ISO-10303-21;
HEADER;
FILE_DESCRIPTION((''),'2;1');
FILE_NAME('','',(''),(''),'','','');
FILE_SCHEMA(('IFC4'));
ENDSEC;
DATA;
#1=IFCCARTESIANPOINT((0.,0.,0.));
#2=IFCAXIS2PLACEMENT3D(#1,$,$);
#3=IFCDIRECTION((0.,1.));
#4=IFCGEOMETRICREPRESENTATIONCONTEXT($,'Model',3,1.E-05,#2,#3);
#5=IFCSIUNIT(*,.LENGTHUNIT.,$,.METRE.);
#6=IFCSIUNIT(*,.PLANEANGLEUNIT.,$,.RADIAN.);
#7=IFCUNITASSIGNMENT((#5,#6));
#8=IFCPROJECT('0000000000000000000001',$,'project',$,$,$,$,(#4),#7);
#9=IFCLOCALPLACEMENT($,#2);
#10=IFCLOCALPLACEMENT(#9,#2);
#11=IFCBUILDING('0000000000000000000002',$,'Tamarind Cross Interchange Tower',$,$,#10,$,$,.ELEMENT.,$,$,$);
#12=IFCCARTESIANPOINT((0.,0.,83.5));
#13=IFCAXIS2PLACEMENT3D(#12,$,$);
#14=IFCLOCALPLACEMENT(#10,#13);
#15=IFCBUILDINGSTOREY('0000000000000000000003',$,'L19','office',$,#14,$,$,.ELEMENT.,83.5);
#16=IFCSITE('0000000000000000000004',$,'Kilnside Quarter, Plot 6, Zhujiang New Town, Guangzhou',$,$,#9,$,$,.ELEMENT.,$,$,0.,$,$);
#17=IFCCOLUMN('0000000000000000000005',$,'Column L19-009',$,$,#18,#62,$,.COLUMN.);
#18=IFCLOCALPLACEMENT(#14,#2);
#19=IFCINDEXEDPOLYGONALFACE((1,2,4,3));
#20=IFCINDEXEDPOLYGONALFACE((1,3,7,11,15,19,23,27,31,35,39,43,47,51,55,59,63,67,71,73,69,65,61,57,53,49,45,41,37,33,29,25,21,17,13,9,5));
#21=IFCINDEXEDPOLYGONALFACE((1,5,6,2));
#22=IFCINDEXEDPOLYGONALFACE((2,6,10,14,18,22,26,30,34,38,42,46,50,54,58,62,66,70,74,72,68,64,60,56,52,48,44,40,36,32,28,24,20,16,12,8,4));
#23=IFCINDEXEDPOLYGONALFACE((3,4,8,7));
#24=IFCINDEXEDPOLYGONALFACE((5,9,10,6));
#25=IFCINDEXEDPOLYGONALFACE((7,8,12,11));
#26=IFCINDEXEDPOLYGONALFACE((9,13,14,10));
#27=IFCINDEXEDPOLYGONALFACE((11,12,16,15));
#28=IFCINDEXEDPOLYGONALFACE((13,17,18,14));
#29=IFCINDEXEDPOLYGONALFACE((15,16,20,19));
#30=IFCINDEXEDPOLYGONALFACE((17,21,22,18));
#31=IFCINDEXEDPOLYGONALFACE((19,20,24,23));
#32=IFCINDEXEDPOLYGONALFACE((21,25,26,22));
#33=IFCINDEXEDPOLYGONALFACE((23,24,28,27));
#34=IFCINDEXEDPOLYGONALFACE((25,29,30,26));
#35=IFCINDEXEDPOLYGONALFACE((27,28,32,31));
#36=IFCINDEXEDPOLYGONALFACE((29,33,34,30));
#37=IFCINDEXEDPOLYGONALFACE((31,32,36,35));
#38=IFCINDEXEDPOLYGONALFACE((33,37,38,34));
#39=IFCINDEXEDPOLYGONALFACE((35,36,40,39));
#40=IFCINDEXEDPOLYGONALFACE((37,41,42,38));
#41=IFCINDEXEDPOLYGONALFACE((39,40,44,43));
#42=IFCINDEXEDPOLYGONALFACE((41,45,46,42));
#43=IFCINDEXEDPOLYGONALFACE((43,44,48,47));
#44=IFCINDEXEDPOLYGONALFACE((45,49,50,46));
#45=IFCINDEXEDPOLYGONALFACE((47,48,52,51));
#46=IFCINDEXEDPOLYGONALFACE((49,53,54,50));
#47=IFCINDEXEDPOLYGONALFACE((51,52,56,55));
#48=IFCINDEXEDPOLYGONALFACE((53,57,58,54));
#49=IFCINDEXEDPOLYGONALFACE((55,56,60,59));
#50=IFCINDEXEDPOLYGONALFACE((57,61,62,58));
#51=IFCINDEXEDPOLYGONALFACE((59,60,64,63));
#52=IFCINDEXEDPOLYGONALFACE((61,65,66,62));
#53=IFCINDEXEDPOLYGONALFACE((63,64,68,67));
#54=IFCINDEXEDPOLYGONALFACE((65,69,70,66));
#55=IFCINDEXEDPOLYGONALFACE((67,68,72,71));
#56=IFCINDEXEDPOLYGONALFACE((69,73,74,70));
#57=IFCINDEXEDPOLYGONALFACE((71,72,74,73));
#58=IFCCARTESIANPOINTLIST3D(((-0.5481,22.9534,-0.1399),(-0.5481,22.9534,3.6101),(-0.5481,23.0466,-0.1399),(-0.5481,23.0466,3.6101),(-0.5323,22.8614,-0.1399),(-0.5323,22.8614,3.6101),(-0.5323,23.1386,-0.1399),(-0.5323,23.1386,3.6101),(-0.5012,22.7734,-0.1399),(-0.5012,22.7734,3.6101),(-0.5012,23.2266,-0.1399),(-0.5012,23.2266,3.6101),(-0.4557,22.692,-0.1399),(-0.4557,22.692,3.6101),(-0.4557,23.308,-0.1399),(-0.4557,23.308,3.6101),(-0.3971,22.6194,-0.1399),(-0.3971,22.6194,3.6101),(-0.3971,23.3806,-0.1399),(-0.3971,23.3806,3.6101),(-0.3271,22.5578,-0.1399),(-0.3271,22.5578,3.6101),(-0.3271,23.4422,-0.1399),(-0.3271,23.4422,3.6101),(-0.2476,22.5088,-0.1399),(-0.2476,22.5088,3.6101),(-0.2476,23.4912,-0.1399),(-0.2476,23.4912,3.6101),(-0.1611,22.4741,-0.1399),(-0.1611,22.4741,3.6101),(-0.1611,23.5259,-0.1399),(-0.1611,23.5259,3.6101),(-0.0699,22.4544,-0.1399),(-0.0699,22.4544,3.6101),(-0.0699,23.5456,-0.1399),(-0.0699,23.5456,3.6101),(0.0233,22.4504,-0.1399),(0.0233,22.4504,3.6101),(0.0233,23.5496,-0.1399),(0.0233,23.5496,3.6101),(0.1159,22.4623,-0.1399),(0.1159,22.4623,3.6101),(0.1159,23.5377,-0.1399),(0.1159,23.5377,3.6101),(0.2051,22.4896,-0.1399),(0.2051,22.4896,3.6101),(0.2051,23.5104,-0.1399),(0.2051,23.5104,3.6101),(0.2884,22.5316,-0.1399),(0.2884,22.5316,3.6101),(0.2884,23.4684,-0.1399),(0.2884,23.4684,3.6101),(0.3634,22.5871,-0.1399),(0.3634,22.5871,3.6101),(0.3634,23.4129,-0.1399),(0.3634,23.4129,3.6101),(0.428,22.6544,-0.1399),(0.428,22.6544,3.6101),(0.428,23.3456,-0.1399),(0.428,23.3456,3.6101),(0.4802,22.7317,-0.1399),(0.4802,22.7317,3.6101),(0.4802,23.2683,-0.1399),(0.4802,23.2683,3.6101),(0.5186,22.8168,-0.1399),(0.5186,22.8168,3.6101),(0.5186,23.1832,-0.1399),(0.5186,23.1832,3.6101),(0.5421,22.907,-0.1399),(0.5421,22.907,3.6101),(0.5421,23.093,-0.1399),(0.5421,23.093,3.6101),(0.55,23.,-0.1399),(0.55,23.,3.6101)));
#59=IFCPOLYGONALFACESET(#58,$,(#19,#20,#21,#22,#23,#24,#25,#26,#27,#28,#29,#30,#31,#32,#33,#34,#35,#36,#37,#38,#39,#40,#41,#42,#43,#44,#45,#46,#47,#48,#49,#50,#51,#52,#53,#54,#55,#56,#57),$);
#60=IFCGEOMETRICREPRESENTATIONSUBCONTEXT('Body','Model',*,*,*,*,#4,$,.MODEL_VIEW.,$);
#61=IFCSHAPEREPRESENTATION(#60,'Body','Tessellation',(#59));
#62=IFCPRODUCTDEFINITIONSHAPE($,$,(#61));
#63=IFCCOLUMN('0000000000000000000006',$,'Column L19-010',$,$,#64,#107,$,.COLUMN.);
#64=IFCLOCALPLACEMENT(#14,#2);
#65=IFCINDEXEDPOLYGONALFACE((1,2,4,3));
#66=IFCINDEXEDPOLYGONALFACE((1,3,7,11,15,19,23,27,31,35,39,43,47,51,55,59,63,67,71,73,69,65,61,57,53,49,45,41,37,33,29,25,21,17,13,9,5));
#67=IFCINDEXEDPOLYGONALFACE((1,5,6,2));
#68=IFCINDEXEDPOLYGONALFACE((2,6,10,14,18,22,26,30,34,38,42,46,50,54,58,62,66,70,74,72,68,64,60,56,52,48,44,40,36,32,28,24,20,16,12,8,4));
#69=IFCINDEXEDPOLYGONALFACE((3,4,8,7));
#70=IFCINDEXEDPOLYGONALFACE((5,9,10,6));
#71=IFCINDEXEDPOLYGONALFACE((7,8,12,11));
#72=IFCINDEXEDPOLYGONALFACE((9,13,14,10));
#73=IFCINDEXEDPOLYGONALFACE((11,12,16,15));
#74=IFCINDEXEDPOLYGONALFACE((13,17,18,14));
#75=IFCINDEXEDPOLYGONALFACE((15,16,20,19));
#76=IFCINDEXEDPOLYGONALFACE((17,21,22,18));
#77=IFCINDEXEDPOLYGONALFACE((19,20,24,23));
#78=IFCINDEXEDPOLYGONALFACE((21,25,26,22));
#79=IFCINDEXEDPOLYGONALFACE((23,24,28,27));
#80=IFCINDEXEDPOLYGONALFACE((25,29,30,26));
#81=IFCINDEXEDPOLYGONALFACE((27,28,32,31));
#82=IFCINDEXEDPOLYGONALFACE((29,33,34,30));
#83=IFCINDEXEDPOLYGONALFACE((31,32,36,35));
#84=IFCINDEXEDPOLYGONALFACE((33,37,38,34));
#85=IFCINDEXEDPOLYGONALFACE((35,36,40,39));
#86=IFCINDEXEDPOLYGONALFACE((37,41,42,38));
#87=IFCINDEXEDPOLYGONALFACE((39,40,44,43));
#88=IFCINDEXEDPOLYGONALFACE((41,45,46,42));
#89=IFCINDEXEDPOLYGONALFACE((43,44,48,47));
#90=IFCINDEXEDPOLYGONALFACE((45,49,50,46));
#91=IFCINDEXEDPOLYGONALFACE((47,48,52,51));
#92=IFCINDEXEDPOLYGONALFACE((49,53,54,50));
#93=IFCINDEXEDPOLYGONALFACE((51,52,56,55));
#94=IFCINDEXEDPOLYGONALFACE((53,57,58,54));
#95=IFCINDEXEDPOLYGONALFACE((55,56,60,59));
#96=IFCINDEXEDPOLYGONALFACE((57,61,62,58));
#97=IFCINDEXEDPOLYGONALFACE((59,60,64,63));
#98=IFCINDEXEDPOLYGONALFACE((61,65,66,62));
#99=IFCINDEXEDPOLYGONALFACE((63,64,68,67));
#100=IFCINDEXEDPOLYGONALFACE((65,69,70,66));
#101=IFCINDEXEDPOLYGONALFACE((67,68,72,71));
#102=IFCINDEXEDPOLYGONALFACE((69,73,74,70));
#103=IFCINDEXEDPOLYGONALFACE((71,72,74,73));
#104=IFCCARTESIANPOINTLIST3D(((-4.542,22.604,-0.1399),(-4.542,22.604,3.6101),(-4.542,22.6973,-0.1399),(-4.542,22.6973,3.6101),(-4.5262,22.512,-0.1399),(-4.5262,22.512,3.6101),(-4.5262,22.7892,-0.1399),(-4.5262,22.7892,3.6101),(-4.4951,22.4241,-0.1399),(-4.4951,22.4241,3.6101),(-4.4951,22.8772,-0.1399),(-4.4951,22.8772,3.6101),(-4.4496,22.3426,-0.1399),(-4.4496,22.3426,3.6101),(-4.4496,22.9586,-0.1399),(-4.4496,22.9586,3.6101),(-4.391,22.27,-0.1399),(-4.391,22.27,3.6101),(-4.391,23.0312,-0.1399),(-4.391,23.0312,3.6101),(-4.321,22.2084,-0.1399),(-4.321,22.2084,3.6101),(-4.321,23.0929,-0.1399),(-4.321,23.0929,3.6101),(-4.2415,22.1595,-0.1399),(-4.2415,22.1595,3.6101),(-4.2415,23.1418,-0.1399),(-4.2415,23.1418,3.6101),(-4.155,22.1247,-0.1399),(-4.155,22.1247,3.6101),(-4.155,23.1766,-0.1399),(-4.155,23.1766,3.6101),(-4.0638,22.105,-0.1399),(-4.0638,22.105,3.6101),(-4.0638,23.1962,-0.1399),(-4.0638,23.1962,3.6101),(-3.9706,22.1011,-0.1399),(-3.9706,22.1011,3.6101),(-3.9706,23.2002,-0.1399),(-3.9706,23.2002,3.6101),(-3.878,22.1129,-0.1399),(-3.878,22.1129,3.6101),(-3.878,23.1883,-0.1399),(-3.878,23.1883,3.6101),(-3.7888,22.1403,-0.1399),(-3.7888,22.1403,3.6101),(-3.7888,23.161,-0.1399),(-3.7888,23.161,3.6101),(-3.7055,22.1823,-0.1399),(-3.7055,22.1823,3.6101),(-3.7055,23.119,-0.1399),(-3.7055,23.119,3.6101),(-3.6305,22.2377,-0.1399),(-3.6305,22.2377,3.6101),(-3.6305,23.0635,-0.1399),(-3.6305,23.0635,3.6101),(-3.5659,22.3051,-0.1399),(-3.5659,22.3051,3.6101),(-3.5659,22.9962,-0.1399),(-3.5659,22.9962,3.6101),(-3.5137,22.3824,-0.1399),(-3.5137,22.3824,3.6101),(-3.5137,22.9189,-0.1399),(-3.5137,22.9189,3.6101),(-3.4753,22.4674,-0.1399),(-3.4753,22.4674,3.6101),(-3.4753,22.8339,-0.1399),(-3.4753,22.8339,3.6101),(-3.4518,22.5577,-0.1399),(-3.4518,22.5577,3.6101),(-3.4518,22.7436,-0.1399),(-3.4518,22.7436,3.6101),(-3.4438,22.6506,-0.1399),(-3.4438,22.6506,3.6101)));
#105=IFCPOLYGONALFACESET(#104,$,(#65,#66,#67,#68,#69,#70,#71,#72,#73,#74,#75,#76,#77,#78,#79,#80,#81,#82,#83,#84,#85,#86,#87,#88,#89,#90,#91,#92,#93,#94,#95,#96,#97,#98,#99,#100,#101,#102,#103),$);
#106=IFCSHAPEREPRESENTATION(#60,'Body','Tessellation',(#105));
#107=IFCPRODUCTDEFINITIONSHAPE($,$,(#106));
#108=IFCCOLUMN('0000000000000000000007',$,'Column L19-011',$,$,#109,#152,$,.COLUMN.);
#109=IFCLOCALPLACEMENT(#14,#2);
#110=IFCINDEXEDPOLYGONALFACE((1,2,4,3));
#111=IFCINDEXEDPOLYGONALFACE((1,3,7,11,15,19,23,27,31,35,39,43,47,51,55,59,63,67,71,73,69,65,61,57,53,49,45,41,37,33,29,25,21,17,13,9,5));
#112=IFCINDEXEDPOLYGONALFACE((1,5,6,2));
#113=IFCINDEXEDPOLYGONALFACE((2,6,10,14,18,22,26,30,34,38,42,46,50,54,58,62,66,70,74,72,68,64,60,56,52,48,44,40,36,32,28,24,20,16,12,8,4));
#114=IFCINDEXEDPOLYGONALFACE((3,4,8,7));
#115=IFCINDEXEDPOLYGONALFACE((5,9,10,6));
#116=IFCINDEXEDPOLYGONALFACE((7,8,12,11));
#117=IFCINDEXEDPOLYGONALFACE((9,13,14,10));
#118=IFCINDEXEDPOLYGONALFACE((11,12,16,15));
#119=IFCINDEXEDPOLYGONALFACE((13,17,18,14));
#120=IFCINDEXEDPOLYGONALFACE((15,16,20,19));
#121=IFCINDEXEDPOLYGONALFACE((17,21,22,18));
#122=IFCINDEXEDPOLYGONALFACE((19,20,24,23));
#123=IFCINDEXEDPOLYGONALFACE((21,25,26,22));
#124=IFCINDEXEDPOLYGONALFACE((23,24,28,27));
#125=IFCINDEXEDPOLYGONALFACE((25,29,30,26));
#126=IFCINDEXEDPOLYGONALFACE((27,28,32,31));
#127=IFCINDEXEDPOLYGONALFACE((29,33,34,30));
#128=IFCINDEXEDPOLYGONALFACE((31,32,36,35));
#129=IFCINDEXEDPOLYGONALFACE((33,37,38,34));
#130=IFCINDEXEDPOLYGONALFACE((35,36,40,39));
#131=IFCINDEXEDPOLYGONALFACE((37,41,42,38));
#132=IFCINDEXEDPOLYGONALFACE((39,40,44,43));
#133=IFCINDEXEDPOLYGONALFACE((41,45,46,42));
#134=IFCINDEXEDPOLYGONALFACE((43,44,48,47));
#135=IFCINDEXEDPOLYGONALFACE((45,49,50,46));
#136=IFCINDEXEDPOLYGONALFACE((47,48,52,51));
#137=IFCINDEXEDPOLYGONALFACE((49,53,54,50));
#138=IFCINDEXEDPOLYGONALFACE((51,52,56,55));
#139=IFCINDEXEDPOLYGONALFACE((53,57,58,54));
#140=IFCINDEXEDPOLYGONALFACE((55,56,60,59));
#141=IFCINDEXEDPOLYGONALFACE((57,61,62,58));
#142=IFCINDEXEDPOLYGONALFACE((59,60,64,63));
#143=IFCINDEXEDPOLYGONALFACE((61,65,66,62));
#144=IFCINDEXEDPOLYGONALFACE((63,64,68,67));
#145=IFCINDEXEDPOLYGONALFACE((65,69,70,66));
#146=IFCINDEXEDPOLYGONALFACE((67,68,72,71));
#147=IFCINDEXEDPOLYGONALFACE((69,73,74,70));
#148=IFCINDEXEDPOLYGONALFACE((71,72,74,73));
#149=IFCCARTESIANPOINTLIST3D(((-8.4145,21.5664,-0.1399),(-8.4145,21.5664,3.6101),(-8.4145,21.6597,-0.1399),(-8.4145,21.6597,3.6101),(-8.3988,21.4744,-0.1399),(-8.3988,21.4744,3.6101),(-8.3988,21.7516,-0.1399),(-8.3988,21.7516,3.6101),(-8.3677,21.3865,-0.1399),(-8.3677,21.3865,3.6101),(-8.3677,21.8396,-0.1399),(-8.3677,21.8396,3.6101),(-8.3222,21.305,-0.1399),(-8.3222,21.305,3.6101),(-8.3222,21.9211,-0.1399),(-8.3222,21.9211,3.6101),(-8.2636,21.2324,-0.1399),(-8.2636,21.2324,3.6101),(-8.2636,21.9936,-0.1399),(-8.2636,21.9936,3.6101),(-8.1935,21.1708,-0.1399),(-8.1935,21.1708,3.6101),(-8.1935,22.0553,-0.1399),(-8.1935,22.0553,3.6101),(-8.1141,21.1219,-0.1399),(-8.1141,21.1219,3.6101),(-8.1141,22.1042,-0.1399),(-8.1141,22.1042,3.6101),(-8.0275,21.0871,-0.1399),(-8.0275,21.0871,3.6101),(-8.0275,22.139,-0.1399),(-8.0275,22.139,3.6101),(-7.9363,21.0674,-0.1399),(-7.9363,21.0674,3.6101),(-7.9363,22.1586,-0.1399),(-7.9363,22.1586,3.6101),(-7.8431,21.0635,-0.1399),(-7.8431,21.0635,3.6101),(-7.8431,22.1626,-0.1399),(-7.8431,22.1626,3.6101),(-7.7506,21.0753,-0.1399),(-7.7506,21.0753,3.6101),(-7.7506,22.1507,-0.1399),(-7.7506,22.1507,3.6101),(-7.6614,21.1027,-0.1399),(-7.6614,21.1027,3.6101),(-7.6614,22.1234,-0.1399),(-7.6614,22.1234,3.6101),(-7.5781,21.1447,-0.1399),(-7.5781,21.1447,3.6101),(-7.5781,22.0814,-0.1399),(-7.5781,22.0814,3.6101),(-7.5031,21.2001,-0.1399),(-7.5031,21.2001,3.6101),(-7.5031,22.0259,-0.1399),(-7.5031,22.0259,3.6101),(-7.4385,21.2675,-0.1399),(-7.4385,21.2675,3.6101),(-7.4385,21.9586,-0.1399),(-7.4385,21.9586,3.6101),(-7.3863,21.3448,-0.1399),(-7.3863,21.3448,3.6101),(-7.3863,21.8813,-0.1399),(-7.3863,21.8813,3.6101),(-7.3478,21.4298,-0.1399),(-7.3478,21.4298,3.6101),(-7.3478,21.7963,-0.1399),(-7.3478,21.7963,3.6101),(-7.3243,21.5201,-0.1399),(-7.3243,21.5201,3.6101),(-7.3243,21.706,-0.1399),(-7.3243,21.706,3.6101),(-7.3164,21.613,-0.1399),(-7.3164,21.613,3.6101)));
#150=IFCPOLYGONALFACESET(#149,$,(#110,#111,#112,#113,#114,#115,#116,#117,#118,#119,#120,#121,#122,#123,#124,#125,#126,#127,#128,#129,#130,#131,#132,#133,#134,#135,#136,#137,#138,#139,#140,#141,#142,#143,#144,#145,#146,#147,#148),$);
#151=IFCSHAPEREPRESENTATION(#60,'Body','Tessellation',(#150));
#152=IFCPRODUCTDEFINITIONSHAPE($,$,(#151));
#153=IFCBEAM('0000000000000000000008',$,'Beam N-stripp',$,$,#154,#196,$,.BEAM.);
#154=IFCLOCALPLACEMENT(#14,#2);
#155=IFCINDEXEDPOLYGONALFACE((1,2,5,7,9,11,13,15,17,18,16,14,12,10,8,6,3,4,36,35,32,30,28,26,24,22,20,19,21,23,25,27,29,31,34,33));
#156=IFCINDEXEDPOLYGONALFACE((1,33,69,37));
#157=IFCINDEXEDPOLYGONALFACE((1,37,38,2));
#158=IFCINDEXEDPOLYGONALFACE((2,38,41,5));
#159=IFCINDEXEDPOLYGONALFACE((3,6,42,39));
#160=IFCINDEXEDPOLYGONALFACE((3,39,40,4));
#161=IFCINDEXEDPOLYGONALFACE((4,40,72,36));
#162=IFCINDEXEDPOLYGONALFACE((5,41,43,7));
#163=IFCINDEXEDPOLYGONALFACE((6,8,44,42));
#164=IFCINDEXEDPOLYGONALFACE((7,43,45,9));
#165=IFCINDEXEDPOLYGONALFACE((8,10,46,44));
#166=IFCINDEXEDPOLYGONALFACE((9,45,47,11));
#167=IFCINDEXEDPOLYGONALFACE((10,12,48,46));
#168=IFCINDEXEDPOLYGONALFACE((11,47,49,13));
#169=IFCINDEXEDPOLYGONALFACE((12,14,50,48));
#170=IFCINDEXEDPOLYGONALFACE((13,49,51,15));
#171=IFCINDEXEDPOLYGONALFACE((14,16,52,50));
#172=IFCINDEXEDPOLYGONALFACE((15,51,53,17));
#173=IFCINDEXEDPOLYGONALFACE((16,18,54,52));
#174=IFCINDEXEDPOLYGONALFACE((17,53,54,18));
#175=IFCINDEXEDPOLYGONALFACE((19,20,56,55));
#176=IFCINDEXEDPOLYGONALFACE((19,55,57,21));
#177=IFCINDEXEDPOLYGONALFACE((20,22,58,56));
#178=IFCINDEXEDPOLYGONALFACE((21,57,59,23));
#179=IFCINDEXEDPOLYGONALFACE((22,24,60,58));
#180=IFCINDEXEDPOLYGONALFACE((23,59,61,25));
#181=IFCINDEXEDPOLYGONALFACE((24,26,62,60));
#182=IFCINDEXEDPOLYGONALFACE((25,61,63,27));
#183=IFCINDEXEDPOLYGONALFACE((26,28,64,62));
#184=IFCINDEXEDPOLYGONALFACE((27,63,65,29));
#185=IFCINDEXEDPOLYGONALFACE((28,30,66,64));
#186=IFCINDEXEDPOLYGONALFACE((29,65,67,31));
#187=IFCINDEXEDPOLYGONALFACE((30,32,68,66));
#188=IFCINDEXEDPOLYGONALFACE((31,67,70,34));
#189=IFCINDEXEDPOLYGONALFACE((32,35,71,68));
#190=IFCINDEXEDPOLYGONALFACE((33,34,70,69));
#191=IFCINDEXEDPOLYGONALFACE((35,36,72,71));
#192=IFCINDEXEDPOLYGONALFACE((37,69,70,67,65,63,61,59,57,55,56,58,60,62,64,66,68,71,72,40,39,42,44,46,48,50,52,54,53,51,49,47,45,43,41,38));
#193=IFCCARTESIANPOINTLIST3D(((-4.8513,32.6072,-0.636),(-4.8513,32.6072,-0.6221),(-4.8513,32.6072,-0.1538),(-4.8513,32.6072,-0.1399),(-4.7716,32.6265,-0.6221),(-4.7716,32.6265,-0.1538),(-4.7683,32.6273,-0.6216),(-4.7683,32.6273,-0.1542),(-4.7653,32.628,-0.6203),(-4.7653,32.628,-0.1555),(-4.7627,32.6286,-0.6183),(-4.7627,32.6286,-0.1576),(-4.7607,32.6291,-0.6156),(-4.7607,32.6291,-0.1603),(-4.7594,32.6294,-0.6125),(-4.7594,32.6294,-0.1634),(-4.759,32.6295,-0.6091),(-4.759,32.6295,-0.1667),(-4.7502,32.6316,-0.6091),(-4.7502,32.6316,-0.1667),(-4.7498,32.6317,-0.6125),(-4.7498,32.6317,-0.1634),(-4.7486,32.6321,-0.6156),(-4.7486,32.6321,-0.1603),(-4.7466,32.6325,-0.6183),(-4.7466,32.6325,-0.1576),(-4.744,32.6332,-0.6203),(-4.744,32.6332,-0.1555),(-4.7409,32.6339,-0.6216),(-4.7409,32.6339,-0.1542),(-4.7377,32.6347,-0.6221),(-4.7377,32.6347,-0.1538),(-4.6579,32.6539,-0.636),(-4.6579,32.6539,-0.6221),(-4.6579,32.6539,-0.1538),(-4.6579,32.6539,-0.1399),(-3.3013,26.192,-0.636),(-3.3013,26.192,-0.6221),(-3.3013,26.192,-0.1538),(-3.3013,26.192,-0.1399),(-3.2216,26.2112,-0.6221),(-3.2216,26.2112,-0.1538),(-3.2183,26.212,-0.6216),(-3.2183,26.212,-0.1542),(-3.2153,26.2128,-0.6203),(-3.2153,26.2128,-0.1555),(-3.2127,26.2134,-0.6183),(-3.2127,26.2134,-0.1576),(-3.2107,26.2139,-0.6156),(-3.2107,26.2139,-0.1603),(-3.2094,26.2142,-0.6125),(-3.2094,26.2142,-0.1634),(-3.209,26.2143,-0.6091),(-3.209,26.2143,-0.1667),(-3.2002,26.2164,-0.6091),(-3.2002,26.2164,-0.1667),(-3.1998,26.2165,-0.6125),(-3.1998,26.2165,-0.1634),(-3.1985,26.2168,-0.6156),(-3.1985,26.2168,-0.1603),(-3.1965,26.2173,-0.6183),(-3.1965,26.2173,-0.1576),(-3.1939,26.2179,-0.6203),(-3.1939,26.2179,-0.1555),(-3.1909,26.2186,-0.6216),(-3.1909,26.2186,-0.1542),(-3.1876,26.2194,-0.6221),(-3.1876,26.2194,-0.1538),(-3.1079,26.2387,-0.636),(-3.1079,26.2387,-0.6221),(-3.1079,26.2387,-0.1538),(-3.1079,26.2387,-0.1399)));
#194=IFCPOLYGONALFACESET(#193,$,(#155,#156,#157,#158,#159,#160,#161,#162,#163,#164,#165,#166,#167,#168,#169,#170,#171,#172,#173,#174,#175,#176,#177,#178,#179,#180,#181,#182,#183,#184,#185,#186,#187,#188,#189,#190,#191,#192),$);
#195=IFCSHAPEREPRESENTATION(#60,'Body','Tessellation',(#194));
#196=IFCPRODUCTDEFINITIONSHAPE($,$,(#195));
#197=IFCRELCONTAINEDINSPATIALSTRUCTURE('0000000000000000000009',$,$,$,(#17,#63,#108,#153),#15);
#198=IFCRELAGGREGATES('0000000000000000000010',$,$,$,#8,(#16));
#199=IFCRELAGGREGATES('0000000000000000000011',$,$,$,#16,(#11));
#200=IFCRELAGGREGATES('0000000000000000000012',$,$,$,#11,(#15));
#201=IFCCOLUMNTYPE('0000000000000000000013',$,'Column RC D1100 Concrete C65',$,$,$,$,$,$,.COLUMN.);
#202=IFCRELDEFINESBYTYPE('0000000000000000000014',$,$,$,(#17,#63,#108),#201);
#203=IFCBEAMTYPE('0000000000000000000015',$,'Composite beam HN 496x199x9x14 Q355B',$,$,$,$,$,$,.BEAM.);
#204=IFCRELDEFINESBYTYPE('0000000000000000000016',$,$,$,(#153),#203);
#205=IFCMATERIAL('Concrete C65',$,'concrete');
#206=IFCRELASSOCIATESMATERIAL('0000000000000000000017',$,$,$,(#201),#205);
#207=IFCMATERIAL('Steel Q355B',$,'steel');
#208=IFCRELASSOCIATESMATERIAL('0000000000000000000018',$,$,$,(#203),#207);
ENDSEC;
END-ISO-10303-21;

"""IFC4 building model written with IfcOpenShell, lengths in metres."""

from ifc_helpers import new_model, si_unit, direction, frame, origin, origin_2d, place, context, subcontext, project, spatial, circle, i_section, extrude, material, material_profile, profile_set, type_object, element, save


model = new_model("IFC4")

# Units and contexts
model_context = context("Model", 3, precision=1e-05, world=origin(), true_north=direction((0.0, 1.0)))
body_context = subcontext(model_context, "Body", "Model", "MODEL_VIEW")
ifc_project = project(units=[si_unit("LENGTHUNIT", "METRE"), si_unit("PLANEANGLEUNIT", "RADIAN")], contexts=[model_context])

# Site, building, storey
site_placement = place(None, origin())
site = spatial("IfcSite", under=ifc_project, at=site_placement, Name="Kilnside Quarter, Plot 6, Zhujiang New Town, Guangzhou", CompositionType="ELEMENT", RefElevation=0.0)
building_placement = place(site_placement, origin())
building = spatial("IfcBuilding", under=site, at=building_placement, Name="Tamarind Cross Interchange Tower", CompositionType="ELEMENT")
storey_placement = place(building_placement, frame((0.0, 0.0, 83.5)))
storey = spatial("IfcBuildingStorey", under=building, at=storey_placement, Name="L19", Description="office", CompositionType="ELEMENT", Elevation=83.5)

# Columns
ifc_material_1 = material(Name="Concrete C65", Category="concrete")
ifc_material_profile_1 = material_profile(ifc_material_1, circle(Radius=0.55, at=origin_2d()), Name="RC D1100")
ifc_profile_set_1 = profile_set([ifc_material_profile_1], Name="Concrete C65")
column_type = type_object("IfcColumnType", Name="Column RC D1100 Concrete C65", PredefinedType="COLUMN", material=ifc_profile_set_1)
for number, where, z_axis, x_axis, name in (
    (1, (0.0, 23.0, -0.1399), (0.0, 0.0, 1.0), (1.0, 0.0, 0.0), "Column L19-009"),
    (2, (-3.9939, 22.6506, -0.1399), (0.0, 0.0, 1.0), (1.0, 0.0, 0.0), "Column L19-010"),
    (3, (-7.8665, 21.613, -0.1399), (0.0, 0.0, 1.0), (1.0, 0.0, 0.0), "Column L19-011"),
):
    element("IfcColumn", number, at=place(storey_placement, frame(where, z_axis=z_axis, x_axis=x_axis)), inside=storey, type_object=column_type, Name=name, PredefinedType="COLUMN", context=body_context, shape_type="SweptSolid", body=[
        extrude(circle(Radius=0.55, at=origin_2d()), origin(), (0.0, 0.0, 1.0), 3.75),
    ])

# Beam
ifc_material_2 = material(Name="Steel Q355B", Category="steel")
ifc_material_profile_2 = material_profile(ifc_material_2, i_section(OverallWidth=0.199, OverallDepth=0.4961, WebThickness=0.009, FlangeThickness=0.0139, FilletRadius=0.0129, at=origin_2d()), Name="HN 496x199x9x14")
ifc_profile_set_2 = profile_set([ifc_material_profile_2], Name="Steel Q355B")
beam_type_1 = type_object("IfcBeamType", Name="Composite beam HN 496x199x9x14 Q355B", PredefinedType="BEAM", material=ifc_profile_set_2)
beam_1_placement = place(storey_placement, frame((-3.2046, 26.2153, -0.3879), z_axis=(-0.23486, 0.972029, 0.0), x_axis=(-0.972029, -0.23486, 0.0)))
element("IfcBeam", 4, at=beam_1_placement, inside=storey, type_object=beam_type_1, Name="Beam N-stripp", PredefinedType="BEAM", context=body_context, shape_type="SweptSolid", body=[
    extrude(i_section(OverallWidth=0.199, OverallDepth=0.4961, WebThickness=0.009, FlangeThickness=0.0139, FilletRadius=0.0129, at=origin_2d()), origin(), (0.0, 0.0, 1.0), 6.5999),
])

save(model, "model.ifc")
